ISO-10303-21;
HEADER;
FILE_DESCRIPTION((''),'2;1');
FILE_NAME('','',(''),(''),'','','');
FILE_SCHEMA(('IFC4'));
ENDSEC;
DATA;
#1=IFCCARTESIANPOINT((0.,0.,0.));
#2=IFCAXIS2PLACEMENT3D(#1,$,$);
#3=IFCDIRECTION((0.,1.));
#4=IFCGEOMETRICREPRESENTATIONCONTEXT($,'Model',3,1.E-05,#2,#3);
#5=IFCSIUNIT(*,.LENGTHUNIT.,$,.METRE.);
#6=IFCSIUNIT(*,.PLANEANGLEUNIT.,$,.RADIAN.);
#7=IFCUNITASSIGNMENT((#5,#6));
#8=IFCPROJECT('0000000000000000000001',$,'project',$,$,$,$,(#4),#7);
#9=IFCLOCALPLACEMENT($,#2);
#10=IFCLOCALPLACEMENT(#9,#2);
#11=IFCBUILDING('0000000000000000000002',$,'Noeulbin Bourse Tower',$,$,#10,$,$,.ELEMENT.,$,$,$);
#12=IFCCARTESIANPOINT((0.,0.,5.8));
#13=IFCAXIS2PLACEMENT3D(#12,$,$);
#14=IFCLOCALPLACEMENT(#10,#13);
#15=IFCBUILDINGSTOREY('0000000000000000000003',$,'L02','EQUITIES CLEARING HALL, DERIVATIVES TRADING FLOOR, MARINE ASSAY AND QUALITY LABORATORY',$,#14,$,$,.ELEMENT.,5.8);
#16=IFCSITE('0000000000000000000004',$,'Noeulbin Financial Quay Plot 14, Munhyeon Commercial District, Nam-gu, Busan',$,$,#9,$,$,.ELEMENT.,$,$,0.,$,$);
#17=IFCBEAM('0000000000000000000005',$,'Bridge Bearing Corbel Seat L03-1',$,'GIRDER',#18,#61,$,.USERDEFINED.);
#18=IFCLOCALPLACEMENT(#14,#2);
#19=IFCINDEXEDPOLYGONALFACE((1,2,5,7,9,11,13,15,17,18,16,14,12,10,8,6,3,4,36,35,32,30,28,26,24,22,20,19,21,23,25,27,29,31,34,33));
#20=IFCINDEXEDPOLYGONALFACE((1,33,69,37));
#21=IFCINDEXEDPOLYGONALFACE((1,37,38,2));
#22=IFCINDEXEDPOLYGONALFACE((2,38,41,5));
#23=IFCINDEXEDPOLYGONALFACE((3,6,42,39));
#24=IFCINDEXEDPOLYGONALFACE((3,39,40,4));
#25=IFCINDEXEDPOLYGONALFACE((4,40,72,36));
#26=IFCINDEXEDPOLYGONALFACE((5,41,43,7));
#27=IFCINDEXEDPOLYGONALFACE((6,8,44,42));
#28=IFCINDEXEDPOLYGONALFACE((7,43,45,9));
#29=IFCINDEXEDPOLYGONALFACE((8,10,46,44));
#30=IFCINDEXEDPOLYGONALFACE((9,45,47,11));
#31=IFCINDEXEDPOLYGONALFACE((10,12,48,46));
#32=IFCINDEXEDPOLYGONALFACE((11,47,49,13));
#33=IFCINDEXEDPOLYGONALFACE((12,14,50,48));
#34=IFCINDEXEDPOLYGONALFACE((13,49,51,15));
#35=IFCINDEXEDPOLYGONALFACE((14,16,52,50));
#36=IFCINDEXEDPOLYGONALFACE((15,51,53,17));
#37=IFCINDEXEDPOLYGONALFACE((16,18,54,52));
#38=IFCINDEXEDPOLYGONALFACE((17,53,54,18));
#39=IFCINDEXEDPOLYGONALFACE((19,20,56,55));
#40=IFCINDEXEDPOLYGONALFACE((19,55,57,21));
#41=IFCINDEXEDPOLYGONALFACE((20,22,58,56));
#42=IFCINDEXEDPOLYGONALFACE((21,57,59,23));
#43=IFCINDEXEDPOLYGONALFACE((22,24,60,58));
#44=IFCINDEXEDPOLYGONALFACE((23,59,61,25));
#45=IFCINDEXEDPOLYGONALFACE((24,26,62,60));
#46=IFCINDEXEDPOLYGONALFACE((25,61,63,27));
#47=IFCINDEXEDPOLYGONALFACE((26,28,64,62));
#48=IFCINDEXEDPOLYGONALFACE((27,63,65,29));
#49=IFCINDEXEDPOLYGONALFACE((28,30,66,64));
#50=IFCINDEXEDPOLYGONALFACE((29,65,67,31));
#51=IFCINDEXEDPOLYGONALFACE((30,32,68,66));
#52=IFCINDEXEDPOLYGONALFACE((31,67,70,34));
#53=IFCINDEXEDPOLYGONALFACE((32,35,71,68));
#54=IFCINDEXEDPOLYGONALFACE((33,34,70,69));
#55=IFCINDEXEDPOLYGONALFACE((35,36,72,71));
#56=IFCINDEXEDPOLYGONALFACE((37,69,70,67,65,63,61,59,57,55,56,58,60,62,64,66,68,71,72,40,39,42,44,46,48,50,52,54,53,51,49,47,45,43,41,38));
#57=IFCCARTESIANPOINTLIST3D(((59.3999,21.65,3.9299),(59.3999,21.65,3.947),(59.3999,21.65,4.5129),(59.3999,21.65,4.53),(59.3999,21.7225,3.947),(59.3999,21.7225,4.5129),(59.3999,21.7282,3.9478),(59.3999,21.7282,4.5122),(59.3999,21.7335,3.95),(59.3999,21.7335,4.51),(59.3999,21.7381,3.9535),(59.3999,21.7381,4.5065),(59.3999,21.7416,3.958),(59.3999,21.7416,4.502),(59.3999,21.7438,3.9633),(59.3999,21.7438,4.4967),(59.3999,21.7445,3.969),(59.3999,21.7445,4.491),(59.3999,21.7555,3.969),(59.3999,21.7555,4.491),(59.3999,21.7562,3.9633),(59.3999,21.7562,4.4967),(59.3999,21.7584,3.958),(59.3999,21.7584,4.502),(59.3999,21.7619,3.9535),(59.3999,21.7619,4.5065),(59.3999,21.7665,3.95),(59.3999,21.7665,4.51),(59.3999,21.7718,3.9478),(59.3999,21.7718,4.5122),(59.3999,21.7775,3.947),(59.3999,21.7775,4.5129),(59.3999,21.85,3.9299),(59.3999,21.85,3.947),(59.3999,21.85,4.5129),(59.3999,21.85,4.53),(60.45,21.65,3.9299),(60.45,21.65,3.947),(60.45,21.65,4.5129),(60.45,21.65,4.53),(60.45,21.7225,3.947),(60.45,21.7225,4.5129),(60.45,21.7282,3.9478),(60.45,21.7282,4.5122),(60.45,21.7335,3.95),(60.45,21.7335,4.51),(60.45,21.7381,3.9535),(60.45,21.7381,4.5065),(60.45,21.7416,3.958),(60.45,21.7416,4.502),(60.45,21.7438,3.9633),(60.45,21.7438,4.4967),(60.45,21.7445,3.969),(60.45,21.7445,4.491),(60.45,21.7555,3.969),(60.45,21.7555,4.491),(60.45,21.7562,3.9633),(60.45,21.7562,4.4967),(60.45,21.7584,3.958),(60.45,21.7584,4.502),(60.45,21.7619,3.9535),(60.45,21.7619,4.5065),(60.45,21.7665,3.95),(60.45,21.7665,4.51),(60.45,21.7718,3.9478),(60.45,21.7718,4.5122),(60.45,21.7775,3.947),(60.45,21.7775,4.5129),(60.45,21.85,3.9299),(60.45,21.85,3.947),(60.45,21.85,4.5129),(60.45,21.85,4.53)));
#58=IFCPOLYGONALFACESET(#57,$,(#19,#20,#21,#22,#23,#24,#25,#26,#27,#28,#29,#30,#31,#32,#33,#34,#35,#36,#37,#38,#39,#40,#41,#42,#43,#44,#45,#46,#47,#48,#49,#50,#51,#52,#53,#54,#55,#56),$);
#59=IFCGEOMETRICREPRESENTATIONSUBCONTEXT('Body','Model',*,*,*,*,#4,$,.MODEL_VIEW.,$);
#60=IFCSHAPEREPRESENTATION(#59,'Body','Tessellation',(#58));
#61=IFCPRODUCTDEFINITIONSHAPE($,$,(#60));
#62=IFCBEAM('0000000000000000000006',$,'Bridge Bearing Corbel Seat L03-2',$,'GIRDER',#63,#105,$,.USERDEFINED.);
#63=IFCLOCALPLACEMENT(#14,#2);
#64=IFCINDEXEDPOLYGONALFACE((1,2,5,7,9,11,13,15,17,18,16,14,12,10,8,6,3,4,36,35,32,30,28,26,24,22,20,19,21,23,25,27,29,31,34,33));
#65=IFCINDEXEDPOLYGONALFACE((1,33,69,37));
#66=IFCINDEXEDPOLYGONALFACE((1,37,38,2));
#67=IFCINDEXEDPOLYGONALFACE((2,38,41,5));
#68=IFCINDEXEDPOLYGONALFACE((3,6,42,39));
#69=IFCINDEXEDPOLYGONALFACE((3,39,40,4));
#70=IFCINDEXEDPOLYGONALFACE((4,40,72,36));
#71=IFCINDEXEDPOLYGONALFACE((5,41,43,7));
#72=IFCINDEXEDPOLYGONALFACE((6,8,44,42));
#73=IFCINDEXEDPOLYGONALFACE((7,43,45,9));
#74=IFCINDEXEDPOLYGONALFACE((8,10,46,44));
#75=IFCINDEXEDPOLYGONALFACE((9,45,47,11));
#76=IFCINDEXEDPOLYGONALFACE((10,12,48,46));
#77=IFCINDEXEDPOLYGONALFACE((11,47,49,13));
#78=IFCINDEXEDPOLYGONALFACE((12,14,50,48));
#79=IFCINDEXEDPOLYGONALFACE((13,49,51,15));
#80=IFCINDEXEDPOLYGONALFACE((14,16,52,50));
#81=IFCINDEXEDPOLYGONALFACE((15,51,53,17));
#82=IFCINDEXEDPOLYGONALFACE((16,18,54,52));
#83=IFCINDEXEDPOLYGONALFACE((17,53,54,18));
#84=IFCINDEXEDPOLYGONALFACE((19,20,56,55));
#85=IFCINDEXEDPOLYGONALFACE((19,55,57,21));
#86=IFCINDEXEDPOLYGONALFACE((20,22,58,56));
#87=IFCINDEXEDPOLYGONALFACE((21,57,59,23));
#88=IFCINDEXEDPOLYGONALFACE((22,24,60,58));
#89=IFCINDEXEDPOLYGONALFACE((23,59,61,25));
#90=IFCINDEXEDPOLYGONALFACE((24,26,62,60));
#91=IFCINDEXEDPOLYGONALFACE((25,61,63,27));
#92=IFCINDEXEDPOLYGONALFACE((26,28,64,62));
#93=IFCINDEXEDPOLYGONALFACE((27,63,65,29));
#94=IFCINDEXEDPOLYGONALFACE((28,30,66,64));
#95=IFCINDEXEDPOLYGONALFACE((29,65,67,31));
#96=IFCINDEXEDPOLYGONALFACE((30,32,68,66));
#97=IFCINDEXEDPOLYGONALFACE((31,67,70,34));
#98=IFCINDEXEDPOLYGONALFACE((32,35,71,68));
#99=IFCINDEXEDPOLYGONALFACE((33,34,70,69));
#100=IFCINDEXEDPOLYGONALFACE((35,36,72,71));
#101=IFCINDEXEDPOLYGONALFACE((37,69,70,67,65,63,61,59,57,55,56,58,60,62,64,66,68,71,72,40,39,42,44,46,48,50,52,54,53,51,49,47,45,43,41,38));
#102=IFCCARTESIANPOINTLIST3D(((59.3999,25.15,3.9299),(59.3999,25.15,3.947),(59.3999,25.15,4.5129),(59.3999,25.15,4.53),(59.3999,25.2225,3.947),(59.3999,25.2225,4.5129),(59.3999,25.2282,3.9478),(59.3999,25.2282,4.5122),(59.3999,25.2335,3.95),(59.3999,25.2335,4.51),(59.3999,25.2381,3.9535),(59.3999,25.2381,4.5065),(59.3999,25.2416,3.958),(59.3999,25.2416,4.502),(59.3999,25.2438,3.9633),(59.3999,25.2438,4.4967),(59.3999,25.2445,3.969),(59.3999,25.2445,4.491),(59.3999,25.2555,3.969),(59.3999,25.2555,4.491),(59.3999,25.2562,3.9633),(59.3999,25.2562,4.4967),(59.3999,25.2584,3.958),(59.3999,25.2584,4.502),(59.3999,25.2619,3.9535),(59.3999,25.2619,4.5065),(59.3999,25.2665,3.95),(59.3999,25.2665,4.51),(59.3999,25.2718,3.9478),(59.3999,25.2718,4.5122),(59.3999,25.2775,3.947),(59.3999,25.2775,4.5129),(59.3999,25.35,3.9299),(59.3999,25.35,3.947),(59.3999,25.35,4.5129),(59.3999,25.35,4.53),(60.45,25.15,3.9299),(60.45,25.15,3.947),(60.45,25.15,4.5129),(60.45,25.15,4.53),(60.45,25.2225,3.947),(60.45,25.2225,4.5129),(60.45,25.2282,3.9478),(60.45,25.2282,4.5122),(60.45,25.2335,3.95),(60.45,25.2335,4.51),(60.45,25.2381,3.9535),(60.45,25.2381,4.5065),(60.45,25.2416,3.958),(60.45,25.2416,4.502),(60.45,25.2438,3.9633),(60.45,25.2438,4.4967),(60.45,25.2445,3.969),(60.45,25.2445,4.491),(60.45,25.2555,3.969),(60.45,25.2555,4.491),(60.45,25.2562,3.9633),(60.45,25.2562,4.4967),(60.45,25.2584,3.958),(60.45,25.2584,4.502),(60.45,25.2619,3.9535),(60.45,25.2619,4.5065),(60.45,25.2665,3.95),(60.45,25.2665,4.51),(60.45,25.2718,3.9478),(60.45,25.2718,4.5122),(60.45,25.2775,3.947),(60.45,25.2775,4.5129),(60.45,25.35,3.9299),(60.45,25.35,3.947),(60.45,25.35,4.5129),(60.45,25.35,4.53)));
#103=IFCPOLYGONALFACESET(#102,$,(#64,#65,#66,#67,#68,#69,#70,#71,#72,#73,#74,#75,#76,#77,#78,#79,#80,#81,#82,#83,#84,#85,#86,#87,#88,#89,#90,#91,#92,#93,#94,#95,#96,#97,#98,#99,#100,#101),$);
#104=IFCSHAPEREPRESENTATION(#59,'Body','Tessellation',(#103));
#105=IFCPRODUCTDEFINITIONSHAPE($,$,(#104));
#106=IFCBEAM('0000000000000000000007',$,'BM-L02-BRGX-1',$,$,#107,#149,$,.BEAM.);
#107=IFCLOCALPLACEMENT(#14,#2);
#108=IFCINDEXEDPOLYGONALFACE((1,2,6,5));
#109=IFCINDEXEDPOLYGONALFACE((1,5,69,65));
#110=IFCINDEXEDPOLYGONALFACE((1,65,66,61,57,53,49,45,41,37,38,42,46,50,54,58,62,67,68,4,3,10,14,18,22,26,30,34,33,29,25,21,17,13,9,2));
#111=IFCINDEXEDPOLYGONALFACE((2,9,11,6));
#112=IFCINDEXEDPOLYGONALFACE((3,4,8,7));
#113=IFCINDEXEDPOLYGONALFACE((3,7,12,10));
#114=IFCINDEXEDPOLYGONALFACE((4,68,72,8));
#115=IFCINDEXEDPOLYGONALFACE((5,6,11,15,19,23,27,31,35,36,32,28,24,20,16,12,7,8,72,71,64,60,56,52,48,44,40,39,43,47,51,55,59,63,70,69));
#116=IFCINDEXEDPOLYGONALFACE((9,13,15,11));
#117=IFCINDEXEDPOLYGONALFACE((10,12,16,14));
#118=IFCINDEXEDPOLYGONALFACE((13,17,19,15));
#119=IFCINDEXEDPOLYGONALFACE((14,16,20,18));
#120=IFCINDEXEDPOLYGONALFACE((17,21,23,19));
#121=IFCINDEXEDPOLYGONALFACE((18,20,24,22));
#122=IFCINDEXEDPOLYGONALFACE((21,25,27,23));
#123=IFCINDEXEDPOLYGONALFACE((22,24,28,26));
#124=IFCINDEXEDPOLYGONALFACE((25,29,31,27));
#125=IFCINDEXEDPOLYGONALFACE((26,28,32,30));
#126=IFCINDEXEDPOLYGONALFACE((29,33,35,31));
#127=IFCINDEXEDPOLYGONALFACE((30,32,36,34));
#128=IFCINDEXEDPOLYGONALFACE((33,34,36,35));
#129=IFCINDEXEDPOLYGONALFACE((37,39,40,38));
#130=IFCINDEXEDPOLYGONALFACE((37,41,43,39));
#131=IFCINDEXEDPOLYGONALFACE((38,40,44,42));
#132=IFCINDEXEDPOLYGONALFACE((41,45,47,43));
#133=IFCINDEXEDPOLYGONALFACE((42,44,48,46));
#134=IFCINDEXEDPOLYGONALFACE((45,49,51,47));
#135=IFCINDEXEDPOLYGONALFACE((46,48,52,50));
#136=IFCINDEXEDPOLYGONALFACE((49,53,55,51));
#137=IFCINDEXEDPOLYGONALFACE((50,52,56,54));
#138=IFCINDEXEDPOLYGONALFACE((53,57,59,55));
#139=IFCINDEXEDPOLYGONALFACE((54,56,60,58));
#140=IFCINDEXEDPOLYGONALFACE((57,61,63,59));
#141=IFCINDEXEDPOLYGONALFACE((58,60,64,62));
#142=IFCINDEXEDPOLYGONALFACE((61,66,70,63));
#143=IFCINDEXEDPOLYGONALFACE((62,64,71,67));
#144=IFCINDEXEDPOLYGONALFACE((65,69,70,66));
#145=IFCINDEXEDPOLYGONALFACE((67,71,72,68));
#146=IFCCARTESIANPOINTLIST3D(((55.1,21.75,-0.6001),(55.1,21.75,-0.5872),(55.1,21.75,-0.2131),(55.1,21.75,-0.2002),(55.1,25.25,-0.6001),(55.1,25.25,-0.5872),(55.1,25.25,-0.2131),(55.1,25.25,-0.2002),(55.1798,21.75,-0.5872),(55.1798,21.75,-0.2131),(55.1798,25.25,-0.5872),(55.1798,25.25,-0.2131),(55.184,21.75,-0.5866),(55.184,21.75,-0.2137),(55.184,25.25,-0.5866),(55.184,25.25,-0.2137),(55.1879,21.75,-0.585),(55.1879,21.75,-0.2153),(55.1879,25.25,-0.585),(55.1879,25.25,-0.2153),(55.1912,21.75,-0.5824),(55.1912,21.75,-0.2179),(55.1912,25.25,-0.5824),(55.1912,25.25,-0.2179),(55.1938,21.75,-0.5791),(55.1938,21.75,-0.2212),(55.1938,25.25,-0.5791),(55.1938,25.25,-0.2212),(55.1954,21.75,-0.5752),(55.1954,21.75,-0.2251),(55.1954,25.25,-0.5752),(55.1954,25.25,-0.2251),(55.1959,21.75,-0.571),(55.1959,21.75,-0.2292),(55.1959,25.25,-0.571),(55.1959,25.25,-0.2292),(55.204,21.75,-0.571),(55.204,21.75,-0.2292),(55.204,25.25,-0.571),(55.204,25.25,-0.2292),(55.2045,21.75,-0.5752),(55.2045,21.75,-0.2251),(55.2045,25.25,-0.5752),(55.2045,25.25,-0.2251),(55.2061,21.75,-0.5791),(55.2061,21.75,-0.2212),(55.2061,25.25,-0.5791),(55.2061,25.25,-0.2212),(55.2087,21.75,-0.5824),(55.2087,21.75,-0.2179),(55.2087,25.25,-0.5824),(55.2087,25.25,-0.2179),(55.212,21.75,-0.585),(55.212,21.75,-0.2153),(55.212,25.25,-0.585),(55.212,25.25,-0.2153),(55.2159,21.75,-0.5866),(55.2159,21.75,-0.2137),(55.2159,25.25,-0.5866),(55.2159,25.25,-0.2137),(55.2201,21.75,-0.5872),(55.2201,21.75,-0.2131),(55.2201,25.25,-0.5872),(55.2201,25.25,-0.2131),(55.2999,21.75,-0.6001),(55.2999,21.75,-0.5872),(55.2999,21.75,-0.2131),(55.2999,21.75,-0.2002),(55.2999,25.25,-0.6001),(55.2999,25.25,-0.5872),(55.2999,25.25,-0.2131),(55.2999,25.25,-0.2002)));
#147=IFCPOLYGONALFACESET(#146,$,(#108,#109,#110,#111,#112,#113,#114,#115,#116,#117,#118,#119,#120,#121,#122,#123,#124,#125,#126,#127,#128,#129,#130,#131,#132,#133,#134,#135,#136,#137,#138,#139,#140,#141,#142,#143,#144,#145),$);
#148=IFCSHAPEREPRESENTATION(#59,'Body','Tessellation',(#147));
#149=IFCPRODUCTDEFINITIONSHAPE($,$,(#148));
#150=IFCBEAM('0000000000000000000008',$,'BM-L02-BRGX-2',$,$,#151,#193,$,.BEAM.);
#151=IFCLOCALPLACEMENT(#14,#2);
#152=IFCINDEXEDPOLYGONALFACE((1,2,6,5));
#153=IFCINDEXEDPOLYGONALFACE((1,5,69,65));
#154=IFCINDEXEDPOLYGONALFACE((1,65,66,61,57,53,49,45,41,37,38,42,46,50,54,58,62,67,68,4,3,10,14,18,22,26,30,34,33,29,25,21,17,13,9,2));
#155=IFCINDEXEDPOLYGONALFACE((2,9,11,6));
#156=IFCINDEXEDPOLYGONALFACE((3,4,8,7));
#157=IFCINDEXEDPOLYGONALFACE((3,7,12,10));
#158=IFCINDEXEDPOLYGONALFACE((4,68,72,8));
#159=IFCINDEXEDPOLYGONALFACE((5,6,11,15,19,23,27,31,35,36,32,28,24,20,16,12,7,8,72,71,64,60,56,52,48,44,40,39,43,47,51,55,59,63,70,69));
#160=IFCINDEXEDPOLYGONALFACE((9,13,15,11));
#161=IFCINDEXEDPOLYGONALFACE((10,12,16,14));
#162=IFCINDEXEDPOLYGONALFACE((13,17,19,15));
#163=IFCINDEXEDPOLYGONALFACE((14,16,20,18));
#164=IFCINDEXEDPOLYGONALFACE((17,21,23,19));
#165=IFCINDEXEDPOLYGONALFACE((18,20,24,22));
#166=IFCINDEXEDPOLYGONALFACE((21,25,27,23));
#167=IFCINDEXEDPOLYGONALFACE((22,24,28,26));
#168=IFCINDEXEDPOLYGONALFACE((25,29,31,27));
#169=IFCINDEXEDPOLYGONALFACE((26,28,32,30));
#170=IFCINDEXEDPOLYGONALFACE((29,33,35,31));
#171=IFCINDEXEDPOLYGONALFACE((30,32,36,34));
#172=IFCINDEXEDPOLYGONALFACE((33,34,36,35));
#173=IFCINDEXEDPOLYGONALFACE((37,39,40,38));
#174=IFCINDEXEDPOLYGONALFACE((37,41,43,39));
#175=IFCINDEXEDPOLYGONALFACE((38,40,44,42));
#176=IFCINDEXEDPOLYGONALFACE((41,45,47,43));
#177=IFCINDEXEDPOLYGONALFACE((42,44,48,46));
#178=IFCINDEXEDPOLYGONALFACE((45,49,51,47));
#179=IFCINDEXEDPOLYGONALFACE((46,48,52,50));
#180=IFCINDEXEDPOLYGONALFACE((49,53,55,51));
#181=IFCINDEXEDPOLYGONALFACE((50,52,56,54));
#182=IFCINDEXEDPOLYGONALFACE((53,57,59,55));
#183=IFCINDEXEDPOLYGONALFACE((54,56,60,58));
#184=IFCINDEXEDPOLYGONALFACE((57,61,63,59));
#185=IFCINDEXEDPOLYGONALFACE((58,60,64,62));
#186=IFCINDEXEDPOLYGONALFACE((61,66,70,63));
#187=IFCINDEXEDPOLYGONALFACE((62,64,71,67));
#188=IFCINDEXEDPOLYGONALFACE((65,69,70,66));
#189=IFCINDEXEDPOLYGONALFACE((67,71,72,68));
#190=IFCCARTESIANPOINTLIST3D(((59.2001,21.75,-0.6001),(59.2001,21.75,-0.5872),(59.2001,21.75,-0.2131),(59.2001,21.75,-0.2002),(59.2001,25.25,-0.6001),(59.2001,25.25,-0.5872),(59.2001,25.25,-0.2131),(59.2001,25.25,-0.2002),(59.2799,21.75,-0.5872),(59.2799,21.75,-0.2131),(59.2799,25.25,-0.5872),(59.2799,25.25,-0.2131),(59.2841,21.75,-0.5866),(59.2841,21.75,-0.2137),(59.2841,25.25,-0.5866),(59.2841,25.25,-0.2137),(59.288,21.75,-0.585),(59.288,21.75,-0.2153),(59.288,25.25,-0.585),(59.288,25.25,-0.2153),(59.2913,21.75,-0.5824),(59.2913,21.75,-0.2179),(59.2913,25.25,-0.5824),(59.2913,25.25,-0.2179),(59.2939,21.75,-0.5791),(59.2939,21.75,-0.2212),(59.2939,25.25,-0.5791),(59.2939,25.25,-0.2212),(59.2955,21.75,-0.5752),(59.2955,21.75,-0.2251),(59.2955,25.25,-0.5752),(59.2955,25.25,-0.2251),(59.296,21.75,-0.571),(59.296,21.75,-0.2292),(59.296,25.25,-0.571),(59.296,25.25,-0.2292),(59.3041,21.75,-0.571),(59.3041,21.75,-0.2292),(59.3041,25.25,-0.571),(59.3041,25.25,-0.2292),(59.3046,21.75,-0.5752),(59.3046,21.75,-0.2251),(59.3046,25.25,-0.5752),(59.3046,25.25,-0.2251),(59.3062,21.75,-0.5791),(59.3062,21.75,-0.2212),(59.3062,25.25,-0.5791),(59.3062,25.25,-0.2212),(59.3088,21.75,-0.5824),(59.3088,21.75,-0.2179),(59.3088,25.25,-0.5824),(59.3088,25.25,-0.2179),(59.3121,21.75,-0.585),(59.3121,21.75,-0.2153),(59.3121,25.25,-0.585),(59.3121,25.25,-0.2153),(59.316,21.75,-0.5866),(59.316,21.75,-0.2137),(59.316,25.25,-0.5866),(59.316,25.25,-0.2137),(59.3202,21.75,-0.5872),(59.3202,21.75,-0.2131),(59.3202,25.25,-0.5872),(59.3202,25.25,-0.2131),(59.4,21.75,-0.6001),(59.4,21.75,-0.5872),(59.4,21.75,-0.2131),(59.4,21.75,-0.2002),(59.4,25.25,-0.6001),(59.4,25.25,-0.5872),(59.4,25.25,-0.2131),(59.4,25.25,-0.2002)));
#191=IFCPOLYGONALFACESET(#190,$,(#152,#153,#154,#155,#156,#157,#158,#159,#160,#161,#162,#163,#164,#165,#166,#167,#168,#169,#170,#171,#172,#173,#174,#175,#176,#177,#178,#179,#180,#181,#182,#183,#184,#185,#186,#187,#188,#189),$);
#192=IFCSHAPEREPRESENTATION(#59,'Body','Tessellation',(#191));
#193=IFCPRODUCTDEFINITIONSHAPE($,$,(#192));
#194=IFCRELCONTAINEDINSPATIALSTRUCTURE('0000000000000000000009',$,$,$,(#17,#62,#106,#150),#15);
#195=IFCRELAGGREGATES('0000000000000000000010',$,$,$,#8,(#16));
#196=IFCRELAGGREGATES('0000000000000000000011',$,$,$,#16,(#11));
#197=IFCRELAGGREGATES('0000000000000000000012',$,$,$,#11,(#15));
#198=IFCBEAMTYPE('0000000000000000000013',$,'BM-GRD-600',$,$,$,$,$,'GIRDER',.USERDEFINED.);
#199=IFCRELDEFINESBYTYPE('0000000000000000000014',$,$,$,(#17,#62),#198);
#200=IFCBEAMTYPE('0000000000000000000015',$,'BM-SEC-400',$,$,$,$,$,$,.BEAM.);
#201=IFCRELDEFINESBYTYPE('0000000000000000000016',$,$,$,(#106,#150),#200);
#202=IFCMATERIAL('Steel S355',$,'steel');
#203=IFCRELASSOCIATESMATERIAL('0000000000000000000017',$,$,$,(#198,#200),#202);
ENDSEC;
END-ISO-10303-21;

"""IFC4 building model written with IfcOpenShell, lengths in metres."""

from ifc_helpers import new_model, si_unit, direction, frame, origin, origin_2d, place, context, subcontext, project, spatial, i_section, extrude, material, material_profile, profile_set, type_object, element, save


model = new_model("IFC4")

# Units and contexts
model_context = context("Model", 3, precision=1e-05, world=origin(), true_north=direction((0.0, 1.0)))
body_context = subcontext(model_context, "Body", "Model", "MODEL_VIEW")
ifc_project = project(units=[si_unit("LENGTHUNIT", "METRE"), si_unit("PLANEANGLEUNIT", "RADIAN")], contexts=[model_context])

# Site, building, storey
site_placement = place(None, origin())
site = spatial("IfcSite", under=ifc_project, at=site_placement, Name="Noeulbin Financial Quay Plot 14, Munhyeon Commercial District, Nam-gu, Busan", CompositionType="ELEMENT", RefElevation=0.0)
building_placement = place(site_placement, origin())
building = spatial("IfcBuilding", under=site, at=building_placement, Name="Noeulbin Bourse Tower", CompositionType="ELEMENT")
storey_placement = place(building_placement, frame((0.0, 0.0, 5.8)))
storey = spatial("IfcBuildingStorey", under=building, at=storey_placement, Name="L02", Description="EQUITIES CLEARING HALL, DERIVATIVES TRADING FLOOR, MARINE ASSAY AND QUALITY LABORATORY", CompositionType="ELEMENT", Elevation=5.8)

# Beams
ifc_material_1 = material(Name="Steel S355", Category="steel")
ifc_material_profile_1 = material_profile(ifc_material_1, i_section(OverallWidth=0.2, OverallDepth=0.6001, WebThickness=0.011, FlangeThickness=0.0171, FilletRadius=0.022, at=origin_2d()), Name="H-600x200x11x17", Category="LoadBearing")
ifc_profile_set_1 = profile_set([ifc_material_profile_1], Name="Steel S355")
beam_type_1 = type_object("IfcBeamType", Name="BM-GRD-600", ElementType="GIRDER", PredefinedType="USERDEFINED", material=ifc_profile_set_1)
for number, where, z_axis, x_axis, name in (
    (1, (59.3999, 21.75, 4.23), (1.0, 0.0, 0.0), (0.0, 1.0, 0.0), "Bridge Bearing Corbel Seat L03-1"),
    (2, (59.3999, 25.25, 4.23), (1.0, 0.0, 0.0), (0.0, 1.0, 0.0), "Bridge Bearing Corbel Seat L03-2"),
):
    element("IfcBeam", number, at=place(storey_placement, frame(where, z_axis=z_axis, x_axis=x_axis)), inside=storey, type_object=beam_type_1, Name=name, ObjectType="GIRDER", PredefinedType="USERDEFINED", context=body_context, shape_type="SweptSolid", body=[
        extrude(i_section(OverallWidth=0.2, OverallDepth=0.6001, WebThickness=0.011, FlangeThickness=0.0171, FilletRadius=0.022, at=origin_2d()), origin(), (0.0, 0.0, 1.0), 1.05),
    ])
ifc_material_profile_2 = material_profile(ifc_material_1, i_section(OverallWidth=0.2, OverallDepth=0.3999, WebThickness=0.0081, FlangeThickness=0.0129, FilletRadius=0.0161, at=origin_2d()), Name="H-400x200x8x13", Category="LoadBearing")
ifc_profile_set_2 = profile_set([ifc_material_profile_2], Name="Steel S355")
beam_type_2 = type_object("IfcBeamType", Name="BM-SEC-400", PredefinedType="BEAM", material=ifc_profile_set_2)
for number, where, z_axis, x_axis, name in (
    (3, (55.2, 21.75, -0.4001), (0.0, 1.0, 0.0), (-1.0, 0.0, 0.0), "BM-L02-BRGX-1"),
    (4, (59.3, 21.75, -0.4001), (0.0, 1.0, 0.0), (-1.0, 0.0, 0.0), "BM-L02-BRGX-2"),
):
    element("IfcBeam", number, at=place(storey_placement, frame(where, z_axis=z_axis, x_axis=x_axis)), inside=storey, type_object=beam_type_2, Name=name, PredefinedType="BEAM", context=body_context, shape_type="SweptSolid", body=[
        extrude(i_section(OverallWidth=0.2, OverallDepth=0.3999, WebThickness=0.0081, FlangeThickness=0.0129, FilletRadius=0.0161, at=origin_2d()), origin(), (0.0, 0.0, 1.0), 3.5),
    ])

save(model, "model.ifc")
